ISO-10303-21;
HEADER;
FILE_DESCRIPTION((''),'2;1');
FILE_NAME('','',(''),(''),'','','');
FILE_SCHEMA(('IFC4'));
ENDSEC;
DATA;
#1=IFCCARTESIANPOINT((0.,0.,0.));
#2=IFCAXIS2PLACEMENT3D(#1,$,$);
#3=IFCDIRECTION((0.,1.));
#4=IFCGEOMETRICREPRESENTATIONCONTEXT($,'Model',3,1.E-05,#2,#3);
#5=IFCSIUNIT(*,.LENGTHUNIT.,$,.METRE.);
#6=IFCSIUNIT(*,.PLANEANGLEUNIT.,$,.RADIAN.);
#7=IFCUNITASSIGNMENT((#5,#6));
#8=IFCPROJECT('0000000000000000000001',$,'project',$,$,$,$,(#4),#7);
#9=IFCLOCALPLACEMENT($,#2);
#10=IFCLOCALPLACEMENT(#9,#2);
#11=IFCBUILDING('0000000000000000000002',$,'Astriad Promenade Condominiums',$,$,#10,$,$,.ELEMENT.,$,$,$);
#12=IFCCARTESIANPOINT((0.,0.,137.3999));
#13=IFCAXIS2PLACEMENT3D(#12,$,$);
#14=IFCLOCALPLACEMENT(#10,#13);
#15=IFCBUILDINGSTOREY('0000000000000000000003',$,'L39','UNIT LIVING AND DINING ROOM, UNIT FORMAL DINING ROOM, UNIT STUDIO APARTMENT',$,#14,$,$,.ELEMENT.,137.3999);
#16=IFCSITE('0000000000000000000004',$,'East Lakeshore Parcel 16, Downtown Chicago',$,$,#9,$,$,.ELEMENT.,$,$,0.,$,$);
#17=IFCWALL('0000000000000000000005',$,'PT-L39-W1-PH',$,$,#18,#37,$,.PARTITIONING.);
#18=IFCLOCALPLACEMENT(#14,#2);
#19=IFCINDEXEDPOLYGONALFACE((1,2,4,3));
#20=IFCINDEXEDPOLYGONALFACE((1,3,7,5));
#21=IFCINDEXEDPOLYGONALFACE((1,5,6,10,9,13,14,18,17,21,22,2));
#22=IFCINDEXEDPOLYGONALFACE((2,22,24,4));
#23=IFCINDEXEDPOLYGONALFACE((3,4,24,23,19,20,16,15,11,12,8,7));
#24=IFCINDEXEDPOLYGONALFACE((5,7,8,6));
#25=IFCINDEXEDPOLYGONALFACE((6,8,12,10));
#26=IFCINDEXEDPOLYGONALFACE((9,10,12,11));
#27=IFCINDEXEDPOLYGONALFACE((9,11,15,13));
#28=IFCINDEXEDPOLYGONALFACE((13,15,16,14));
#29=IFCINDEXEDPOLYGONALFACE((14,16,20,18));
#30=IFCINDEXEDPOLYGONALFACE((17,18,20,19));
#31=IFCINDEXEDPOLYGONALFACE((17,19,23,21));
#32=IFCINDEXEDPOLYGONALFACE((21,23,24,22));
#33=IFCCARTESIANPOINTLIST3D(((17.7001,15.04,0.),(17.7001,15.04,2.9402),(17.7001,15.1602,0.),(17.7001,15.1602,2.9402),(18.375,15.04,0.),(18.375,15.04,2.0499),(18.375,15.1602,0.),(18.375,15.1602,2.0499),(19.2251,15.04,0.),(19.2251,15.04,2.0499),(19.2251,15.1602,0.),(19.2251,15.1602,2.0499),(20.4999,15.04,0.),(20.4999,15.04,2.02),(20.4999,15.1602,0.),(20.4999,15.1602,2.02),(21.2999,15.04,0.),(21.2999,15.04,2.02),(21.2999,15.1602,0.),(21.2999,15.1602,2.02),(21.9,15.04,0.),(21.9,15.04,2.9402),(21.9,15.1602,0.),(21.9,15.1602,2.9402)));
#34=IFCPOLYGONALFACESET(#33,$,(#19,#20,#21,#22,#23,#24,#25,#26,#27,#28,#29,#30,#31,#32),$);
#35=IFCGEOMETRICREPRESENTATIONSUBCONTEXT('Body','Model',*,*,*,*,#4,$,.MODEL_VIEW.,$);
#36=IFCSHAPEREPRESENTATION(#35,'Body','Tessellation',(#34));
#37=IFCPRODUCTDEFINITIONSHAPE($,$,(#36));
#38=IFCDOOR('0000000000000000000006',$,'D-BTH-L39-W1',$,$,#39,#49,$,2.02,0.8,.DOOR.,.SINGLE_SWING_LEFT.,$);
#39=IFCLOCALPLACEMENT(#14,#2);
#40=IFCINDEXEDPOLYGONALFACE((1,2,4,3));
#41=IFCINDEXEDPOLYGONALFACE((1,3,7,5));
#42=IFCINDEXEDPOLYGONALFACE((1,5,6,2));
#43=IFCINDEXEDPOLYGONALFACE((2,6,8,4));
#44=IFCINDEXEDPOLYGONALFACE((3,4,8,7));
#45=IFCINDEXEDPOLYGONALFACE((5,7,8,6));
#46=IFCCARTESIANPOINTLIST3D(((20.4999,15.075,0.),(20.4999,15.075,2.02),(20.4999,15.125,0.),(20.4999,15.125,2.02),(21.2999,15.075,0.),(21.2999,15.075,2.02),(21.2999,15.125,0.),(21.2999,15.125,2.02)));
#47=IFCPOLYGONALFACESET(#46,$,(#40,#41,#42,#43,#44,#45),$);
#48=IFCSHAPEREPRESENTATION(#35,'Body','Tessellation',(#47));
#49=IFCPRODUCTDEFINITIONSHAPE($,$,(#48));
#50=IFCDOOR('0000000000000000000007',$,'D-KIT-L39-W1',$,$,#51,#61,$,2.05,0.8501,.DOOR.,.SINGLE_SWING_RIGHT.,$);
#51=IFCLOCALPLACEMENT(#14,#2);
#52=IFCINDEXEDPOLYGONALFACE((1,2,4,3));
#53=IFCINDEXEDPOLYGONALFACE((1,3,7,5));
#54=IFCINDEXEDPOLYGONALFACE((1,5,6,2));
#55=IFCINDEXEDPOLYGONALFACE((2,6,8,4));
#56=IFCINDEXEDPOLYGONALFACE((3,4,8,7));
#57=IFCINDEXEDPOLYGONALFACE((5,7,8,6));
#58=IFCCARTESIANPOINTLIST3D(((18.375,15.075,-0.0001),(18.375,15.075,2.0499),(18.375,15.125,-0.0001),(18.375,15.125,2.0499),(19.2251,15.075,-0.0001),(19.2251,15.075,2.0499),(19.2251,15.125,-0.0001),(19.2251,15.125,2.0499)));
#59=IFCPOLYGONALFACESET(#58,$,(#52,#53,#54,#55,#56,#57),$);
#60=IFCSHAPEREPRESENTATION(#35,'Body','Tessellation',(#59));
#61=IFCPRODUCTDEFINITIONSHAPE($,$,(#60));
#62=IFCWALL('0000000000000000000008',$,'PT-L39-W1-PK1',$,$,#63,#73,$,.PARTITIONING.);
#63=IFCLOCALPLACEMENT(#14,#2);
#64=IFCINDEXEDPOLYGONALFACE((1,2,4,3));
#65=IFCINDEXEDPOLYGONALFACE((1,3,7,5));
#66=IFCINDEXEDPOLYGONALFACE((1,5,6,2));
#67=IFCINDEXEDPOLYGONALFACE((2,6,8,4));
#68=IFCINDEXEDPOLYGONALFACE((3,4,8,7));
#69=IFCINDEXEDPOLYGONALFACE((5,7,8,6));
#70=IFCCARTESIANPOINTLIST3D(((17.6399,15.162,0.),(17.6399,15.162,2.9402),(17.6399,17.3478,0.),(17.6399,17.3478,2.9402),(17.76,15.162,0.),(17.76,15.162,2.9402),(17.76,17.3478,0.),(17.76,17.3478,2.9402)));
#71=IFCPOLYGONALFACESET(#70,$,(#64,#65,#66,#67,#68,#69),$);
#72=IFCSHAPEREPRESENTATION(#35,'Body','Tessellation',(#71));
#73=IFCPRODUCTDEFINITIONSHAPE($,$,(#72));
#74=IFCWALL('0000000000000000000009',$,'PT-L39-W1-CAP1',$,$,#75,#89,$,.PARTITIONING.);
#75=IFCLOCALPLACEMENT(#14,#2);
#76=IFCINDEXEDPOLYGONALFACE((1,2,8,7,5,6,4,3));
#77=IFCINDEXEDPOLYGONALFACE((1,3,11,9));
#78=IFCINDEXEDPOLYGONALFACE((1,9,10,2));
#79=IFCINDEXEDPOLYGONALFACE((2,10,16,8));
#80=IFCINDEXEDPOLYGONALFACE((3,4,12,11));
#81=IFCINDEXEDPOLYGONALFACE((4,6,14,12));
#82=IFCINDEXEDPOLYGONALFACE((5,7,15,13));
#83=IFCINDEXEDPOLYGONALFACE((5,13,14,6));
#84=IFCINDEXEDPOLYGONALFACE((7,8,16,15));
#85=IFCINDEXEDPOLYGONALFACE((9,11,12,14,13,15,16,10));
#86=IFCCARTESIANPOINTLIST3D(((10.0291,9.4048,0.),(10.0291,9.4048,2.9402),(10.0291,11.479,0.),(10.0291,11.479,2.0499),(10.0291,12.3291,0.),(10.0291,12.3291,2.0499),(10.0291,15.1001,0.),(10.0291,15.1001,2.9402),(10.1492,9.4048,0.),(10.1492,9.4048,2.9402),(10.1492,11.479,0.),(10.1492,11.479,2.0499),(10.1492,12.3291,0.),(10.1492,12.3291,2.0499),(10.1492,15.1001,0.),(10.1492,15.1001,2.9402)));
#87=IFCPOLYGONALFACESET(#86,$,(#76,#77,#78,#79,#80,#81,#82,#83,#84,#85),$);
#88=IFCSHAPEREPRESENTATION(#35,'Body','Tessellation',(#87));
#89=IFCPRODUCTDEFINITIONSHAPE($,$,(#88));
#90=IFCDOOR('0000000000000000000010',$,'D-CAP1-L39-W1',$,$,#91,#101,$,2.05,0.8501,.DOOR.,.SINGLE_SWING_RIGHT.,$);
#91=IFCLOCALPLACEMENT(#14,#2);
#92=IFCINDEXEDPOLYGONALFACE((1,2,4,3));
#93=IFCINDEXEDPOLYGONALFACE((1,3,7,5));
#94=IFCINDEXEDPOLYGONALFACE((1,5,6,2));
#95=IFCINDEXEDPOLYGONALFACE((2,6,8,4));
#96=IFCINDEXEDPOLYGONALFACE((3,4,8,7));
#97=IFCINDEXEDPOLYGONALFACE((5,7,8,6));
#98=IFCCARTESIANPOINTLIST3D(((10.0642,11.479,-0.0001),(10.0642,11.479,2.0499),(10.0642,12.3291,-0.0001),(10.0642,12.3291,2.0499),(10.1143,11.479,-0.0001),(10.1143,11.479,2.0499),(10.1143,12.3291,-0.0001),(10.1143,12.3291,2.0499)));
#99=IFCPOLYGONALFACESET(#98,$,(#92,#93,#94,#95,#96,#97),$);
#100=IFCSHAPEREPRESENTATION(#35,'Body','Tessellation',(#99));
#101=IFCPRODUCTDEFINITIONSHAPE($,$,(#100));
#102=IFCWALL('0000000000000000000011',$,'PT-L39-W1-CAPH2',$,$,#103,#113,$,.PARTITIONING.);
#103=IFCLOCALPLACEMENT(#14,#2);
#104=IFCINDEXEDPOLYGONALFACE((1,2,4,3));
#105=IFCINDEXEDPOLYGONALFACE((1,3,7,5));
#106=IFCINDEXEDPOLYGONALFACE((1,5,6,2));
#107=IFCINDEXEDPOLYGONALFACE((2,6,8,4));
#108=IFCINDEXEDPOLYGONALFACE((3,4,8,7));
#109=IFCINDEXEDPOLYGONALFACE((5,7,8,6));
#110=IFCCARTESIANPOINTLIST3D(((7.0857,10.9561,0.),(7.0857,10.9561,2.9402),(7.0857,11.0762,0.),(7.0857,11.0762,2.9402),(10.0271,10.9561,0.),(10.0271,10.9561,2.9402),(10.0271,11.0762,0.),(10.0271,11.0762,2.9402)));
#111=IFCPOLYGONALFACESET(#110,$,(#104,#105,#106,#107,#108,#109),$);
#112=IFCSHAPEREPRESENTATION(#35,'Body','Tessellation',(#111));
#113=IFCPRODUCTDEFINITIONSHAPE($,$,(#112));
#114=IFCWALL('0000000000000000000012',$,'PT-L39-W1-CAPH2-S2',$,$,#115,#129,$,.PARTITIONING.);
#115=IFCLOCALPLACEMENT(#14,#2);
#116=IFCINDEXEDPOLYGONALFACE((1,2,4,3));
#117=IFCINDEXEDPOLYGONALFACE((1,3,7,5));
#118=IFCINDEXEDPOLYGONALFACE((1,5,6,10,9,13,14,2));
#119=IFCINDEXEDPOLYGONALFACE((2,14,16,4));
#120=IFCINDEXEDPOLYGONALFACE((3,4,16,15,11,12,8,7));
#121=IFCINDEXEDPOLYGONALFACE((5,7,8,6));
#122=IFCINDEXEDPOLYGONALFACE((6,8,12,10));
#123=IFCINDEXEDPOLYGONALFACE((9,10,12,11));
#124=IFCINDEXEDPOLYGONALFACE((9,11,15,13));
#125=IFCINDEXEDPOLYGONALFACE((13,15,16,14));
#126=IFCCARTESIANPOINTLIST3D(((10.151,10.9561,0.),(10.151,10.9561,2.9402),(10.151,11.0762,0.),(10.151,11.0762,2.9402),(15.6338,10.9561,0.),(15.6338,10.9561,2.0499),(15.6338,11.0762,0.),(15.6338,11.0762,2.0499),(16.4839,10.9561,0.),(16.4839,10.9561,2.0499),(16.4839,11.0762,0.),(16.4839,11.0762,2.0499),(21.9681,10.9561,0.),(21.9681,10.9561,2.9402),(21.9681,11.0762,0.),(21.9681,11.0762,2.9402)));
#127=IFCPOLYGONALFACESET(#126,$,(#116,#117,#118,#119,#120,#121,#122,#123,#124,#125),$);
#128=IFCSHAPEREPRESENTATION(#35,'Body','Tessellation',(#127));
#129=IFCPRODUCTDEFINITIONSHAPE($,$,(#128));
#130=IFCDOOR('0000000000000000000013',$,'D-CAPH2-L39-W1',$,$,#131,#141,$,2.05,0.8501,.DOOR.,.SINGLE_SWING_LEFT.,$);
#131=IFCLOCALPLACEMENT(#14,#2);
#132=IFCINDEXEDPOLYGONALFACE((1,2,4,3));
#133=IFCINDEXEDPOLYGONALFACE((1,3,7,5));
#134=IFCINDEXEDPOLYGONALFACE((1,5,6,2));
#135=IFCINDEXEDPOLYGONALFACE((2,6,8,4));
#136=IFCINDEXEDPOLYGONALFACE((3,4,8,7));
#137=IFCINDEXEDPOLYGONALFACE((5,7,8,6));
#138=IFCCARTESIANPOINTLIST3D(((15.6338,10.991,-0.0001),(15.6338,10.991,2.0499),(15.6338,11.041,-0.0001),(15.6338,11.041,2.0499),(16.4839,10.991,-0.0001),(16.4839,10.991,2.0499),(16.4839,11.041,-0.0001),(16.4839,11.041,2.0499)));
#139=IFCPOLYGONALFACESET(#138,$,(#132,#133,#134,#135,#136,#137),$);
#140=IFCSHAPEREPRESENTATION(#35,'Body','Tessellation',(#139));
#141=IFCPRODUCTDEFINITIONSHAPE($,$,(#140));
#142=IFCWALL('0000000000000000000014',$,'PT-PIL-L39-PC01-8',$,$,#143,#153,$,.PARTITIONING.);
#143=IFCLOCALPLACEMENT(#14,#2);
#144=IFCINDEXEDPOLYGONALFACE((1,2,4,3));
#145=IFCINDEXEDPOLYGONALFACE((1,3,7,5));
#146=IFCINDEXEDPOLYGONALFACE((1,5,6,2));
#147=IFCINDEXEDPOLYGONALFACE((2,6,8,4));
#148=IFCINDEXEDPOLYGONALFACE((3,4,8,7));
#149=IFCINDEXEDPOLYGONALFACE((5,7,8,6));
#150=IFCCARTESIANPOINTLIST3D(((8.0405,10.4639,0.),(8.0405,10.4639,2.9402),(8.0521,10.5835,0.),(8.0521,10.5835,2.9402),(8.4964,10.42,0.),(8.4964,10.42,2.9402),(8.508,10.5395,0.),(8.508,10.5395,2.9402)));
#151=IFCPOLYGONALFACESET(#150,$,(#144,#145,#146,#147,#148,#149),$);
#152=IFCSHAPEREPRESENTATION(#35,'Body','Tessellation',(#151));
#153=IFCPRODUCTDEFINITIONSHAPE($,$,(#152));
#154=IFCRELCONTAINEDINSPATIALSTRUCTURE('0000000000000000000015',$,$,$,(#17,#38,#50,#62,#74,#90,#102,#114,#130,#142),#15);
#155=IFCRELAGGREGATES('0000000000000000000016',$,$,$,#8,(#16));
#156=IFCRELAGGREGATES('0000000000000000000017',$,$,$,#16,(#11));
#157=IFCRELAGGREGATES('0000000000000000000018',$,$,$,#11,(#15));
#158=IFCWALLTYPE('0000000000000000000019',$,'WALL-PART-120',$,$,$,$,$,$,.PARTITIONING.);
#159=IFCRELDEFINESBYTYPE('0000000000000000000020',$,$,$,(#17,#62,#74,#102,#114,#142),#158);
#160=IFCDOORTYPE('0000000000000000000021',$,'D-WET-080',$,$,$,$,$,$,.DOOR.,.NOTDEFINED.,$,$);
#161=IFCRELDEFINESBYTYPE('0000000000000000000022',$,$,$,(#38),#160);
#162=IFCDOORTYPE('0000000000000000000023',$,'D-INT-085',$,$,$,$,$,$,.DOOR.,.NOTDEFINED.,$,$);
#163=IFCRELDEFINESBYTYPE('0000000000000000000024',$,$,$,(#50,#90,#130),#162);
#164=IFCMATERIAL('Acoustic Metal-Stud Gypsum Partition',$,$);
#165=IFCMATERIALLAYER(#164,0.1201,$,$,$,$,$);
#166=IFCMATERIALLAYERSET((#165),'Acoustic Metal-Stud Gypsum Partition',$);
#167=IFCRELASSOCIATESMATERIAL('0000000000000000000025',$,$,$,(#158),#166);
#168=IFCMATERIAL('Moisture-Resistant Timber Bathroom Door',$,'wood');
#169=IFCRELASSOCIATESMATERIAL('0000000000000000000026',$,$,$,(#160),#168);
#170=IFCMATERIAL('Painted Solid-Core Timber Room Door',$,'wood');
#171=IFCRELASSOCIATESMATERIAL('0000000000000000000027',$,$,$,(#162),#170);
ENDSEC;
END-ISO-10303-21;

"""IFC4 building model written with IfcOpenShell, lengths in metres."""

from ifc_helpers import new_model, si_unit, direction, frame, frame_2d, origin, place, context, subcontext, project, spatial, rectangle, extrude, source, transform, mapped, material, layer, layer_set, type_object, type_shapes, element, fill, save


model = new_model("IFC4")

# Units and contexts
model_context = context("Model", 3, precision=1e-05, world=origin(), true_north=direction((0.0, 1.0)))
body_context = subcontext(model_context, "Body", "Model", "MODEL_VIEW")
ifc_project = project(units=[si_unit("LENGTHUNIT", "METRE"), si_unit("PLANEANGLEUNIT", "RADIAN")], contexts=[model_context])

# Site, building, storey
site_placement = place(None, origin())
site = spatial("IfcSite", under=ifc_project, at=site_placement, Name="East Lakeshore Parcel 16, Downtown Chicago", CompositionType="ELEMENT", RefElevation=0.0)
building_placement = place(site_placement, origin())
building = spatial("IfcBuilding", under=site, at=building_placement, Name="Astriad Promenade Condominiums", CompositionType="ELEMENT")
storey_placement = place(building_placement, frame((0.0, 0.0, 137.3999)))
storey = spatial("IfcBuildingStorey", under=building, at=storey_placement, Name="L39", Description="UNIT LIVING AND DINING ROOM, UNIT FORMAL DINING ROOM, UNIT STUDIO APARTMENT", CompositionType="ELEMENT", Elevation=137.3999)

# Wall, openings, doors
ifc_material_1 = material(Name="Acoustic Metal-Stud Gypsum Partition")
ifc_layer_1 = layer(ifc_material_1, 0.1201)
ifc_layer_set_1 = layer_set([ifc_layer_1], Name="Acoustic Metal-Stud Gypsum Partition")
wall_type_1 = type_object("IfcWallType", Name="WALL-PART-120", PredefinedType="PARTITIONING", material=ifc_layer_set_1)
wall_1_placement = place(storey_placement, frame((17.7, 15.1001, 0.0), z_axis=(0.0, 0.0, 1.0), x_axis=(1.0, 0.0, 0.0)))
wall_1 = element("IfcWall", 1, at=wall_1_placement, inside=storey, type_object=wall_type_1, Name="PT-L39-W1-PH", PredefinedType="PARTITIONING", context=body_context, shape_type="SweptSolid", body=[
    extrude(rectangle(XDim=4.2, YDim=0.1201, at=frame_2d((2.1001, 0.0))), origin(), (0.0, 0.0, 1.0), 2.9402),
])
opening_1_placement = place(wall_1_placement, frame((0.675, 0.0, 0.0)))
opening_1 = element("IfcOpeningElement", 2, at=opening_1_placement, cuts=wall_1, PredefinedType="OPENING", context=body_context, shape_type="SweptSolid", body=[
    extrude(rectangle(XDim=0.8501, YDim=2.05, at=frame_2d((0.425, 1.0249))), frame((0.0, 0.0701, 0.0), z_axis=(0.0, -1.0, 0.0), x_axis=(1.0, 0.0, 0.0)), (0.0, 0.0, 1.0), 0.1401),
])
opening_2_placement = place(wall_1_placement, frame((2.8, 0.0, 0.0)))
opening_2 = element("IfcOpeningElement", 3, at=opening_2_placement, cuts=wall_1, PredefinedType="OPENING", context=body_context, shape_type="SweptSolid", body=[
    extrude(rectangle(XDim=0.8, YDim=2.02, at=frame_2d((0.3999, 1.01))), frame((0.0, 0.0701, 0.0), z_axis=(0.0, -1.0, 0.0), x_axis=(1.0, 0.0, 0.0)), (0.0, 0.0, 1.0), 0.1401),
])
ifc_material_2 = material(Name="Moisture-Resistant Timber Bathroom Door", Category="wood")
door_type_1 = type_object("IfcDoorType", Name="D-WET-080", OperationType="NOTDEFINED", PredefinedType="DOOR", material=ifc_material_2)
shared_shape_1 = source(origin(), body_context, "Body", "SweptSolid", [
    extrude(rectangle(XDim=0.8, YDim=2.02, at=frame_2d((0.3999, 1.01))), frame((0.0, 0.0249, 0.0), z_axis=(0.0, -1.0, 0.0), x_axis=(1.0, 0.0, 0.0)), (0.0, 0.0, 1.0), 0.05),
])
type_shapes(door_type_1, [shared_shape_1])
door_1_placement = place(opening_2_placement, origin())
door_1 = element("IfcDoor", 4, at=door_1_placement, inside=storey, type_object=door_type_1, Name="D-BTH-L39-W1", OperationType="SINGLE_SWING_LEFT", OverallHeight=2.02, OverallWidth=0.8, PredefinedType="DOOR", context=body_context, shape_type="MappedRepresentation", body=[
    mapped(shared_shape_1, transform((0.0, 0.0, 0.0), scale=1.0)),
])
fill(opening_2, door_1)
ifc_material_3 = material(Name="Painted Solid-Core Timber Room Door", Category="wood")
door_type_2 = type_object("IfcDoorType", Name="D-INT-085", OperationType="NOTDEFINED", PredefinedType="DOOR", material=ifc_material_3)
shared_shape_2 = source(origin(), body_context, "Body", "SweptSolid", [
    extrude(rectangle(XDim=0.8501, YDim=2.05, at=frame_2d((0.425, 1.0249))), frame((0.0, 0.0249, 0.0), z_axis=(0.0, -1.0, 0.0), x_axis=(1.0, 0.0, 0.0)), (0.0, 0.0, 1.0), 0.05),
])
type_shapes(door_type_2, [shared_shape_2])
door_2_placement = place(opening_1_placement, origin())
door_2 = element("IfcDoor", 5, at=door_2_placement, inside=storey, type_object=door_type_2, Name="D-KIT-L39-W1", OperationType="SINGLE_SWING_RIGHT", OverallHeight=2.05, OverallWidth=0.8501, PredefinedType="DOOR", context=body_context, shape_type="MappedRepresentation", body=[
    mapped(shared_shape_2, transform((0.0, 0.0, 0.0), scale=1.0)),
])
fill(opening_1, door_2)

# Wall
wall_2_placement = place(storey_placement, frame((17.7, 15.1621, 0.0), z_axis=(0.0, 0.0, 1.0), x_axis=(0.0, 1.0, 0.0)))
element("IfcWall", 6, at=wall_2_placement, inside=storey, type_object=wall_type_1, Name="PT-L39-W1-PK1", PredefinedType="PARTITIONING", context=body_context, shape_type="SweptSolid", body=[
    extrude(rectangle(XDim=2.1858, YDim=0.1201, at=frame_2d((1.0928, 0.0))), origin(), (0.0, 0.0, 1.0), 2.9402),
])

# Wall, opening, door
wall_3_placement = place(storey_placement, frame((10.0891, 9.4048, 0.0), z_axis=(0.0, 0.0, 1.0), x_axis=(0.0, 1.0, 0.0)))
wall_3 = element("IfcWall", 7, at=wall_3_placement, inside=storey, type_object=wall_type_1, Name="PT-L39-W1-CAP1", PredefinedType="PARTITIONING", context=body_context, shape_type="SweptSolid", body=[
    extrude(rectangle(XDim=5.6953, YDim=0.1201, at=frame_2d((2.8477, 0.0))), origin(), (0.0, 0.0, 1.0), 2.9402),
])
opening_3_placement = place(wall_3_placement, frame((2.0742, 0.0, 0.0)))
opening_3 = element("IfcOpeningElement", 8, at=opening_3_placement, cuts=wall_3, PredefinedType="OPENING", context=body_context, shape_type="SweptSolid", body=[
    extrude(rectangle(XDim=0.8501, YDim=2.05, at=frame_2d((0.425, 1.0249))), frame((0.0, 0.0701, 0.0), z_axis=(0.0, -1.0, 0.0), x_axis=(1.0, 0.0, 0.0)), (0.0, 0.0, 1.0), 0.1401),
])
door_3_placement = place(opening_3_placement, origin())
door_3 = element("IfcDoor", 9, at=door_3_placement, inside=storey, type_object=door_type_2, Name="D-CAP1-L39-W1", OperationType="SINGLE_SWING_RIGHT", OverallHeight=2.05, OverallWidth=0.8501, PredefinedType="DOOR", context=body_context, shape_type="MappedRepresentation", body=[
    mapped(shared_shape_2, transform((0.0, 0.0, 0.0), scale=1.0)),
])
fill(opening_3, door_3)

# Wall
wall_4_placement = place(storey_placement, frame((7.0857, 11.0161, 0.0), z_axis=(0.0, 0.0, 1.0), x_axis=(1.0, 0.0, 0.0)))
element("IfcWall", 10, at=wall_4_placement, inside=storey, type_object=wall_type_1, Name="PT-L39-W1-CAPH2", PredefinedType="PARTITIONING", context=body_context, shape_type="SweptSolid", body=[
    extrude(rectangle(XDim=2.9414, YDim=0.1201, at=frame_2d((1.4707, 0.0))), origin(), (0.0, 0.0, 1.0), 2.9402),
])

# Wall, opening, door
wall_5_placement = place(storey_placement, frame((10.1509, 11.0161, 0.0), z_axis=(0.0, 0.0, 1.0), x_axis=(1.0, 0.0, 0.0)))
wall_5 = element("IfcWall", 11, at=wall_5_placement, inside=storey, type_object=wall_type_1, Name="PT-L39-W1-CAPH2-S2", PredefinedType="PARTITIONING", context=body_context, shape_type="SweptSolid", body=[
    extrude(rectangle(XDim=11.8171, YDim=0.1201, at=frame_2d((5.9087, 0.0))), origin(), (0.0, 0.0, 1.0), 2.9402),
])
opening_4_placement = place(wall_5_placement, frame((5.4829, 0.0, 0.0)))
opening_4 = element("IfcOpeningElement", 12, at=opening_4_placement, cuts=wall_5, PredefinedType="OPENING", context=body_context, shape_type="SweptSolid", body=[
    extrude(rectangle(XDim=0.8501, YDim=2.05, at=frame_2d((0.425, 1.0249))), frame((0.0, 0.0701, 0.0), z_axis=(0.0, -1.0, 0.0), x_axis=(1.0, 0.0, 0.0)), (0.0, 0.0, 1.0), 0.1401),
])
door_4_placement = place(opening_4_placement, origin())
door_4 = element("IfcDoor", 13, at=door_4_placement, inside=storey, type_object=door_type_2, Name="D-CAPH2-L39-W1", OperationType="SINGLE_SWING_LEFT", OverallHeight=2.05, OverallWidth=0.8501, PredefinedType="DOOR", context=body_context, shape_type="MappedRepresentation", body=[
    mapped(shared_shape_2, transform((0.0, 0.0, 0.0), scale=1.0)),
])
fill(opening_4, door_4)

# Wall
wall_6_placement = place(storey_placement, frame((8.5022, 10.4797, 0.0), z_axis=(0.0, 0.0, 1.0), x_axis=(-0.995385, 0.095966, 0.0)))
element("IfcWall", 14, at=wall_6_placement, inside=storey, type_object=wall_type_1, Name="PT-PIL-L39-PC01-8", PredefinedType="PARTITIONING", context=body_context, shape_type="SweptSolid", body=[
    extrude(rectangle(XDim=0.458, YDim=0.1201, at=frame_2d((0.229, 0.0))), origin(), (0.0, 0.0, 1.0), 2.9402),
])

save(model, "model.ifc")
